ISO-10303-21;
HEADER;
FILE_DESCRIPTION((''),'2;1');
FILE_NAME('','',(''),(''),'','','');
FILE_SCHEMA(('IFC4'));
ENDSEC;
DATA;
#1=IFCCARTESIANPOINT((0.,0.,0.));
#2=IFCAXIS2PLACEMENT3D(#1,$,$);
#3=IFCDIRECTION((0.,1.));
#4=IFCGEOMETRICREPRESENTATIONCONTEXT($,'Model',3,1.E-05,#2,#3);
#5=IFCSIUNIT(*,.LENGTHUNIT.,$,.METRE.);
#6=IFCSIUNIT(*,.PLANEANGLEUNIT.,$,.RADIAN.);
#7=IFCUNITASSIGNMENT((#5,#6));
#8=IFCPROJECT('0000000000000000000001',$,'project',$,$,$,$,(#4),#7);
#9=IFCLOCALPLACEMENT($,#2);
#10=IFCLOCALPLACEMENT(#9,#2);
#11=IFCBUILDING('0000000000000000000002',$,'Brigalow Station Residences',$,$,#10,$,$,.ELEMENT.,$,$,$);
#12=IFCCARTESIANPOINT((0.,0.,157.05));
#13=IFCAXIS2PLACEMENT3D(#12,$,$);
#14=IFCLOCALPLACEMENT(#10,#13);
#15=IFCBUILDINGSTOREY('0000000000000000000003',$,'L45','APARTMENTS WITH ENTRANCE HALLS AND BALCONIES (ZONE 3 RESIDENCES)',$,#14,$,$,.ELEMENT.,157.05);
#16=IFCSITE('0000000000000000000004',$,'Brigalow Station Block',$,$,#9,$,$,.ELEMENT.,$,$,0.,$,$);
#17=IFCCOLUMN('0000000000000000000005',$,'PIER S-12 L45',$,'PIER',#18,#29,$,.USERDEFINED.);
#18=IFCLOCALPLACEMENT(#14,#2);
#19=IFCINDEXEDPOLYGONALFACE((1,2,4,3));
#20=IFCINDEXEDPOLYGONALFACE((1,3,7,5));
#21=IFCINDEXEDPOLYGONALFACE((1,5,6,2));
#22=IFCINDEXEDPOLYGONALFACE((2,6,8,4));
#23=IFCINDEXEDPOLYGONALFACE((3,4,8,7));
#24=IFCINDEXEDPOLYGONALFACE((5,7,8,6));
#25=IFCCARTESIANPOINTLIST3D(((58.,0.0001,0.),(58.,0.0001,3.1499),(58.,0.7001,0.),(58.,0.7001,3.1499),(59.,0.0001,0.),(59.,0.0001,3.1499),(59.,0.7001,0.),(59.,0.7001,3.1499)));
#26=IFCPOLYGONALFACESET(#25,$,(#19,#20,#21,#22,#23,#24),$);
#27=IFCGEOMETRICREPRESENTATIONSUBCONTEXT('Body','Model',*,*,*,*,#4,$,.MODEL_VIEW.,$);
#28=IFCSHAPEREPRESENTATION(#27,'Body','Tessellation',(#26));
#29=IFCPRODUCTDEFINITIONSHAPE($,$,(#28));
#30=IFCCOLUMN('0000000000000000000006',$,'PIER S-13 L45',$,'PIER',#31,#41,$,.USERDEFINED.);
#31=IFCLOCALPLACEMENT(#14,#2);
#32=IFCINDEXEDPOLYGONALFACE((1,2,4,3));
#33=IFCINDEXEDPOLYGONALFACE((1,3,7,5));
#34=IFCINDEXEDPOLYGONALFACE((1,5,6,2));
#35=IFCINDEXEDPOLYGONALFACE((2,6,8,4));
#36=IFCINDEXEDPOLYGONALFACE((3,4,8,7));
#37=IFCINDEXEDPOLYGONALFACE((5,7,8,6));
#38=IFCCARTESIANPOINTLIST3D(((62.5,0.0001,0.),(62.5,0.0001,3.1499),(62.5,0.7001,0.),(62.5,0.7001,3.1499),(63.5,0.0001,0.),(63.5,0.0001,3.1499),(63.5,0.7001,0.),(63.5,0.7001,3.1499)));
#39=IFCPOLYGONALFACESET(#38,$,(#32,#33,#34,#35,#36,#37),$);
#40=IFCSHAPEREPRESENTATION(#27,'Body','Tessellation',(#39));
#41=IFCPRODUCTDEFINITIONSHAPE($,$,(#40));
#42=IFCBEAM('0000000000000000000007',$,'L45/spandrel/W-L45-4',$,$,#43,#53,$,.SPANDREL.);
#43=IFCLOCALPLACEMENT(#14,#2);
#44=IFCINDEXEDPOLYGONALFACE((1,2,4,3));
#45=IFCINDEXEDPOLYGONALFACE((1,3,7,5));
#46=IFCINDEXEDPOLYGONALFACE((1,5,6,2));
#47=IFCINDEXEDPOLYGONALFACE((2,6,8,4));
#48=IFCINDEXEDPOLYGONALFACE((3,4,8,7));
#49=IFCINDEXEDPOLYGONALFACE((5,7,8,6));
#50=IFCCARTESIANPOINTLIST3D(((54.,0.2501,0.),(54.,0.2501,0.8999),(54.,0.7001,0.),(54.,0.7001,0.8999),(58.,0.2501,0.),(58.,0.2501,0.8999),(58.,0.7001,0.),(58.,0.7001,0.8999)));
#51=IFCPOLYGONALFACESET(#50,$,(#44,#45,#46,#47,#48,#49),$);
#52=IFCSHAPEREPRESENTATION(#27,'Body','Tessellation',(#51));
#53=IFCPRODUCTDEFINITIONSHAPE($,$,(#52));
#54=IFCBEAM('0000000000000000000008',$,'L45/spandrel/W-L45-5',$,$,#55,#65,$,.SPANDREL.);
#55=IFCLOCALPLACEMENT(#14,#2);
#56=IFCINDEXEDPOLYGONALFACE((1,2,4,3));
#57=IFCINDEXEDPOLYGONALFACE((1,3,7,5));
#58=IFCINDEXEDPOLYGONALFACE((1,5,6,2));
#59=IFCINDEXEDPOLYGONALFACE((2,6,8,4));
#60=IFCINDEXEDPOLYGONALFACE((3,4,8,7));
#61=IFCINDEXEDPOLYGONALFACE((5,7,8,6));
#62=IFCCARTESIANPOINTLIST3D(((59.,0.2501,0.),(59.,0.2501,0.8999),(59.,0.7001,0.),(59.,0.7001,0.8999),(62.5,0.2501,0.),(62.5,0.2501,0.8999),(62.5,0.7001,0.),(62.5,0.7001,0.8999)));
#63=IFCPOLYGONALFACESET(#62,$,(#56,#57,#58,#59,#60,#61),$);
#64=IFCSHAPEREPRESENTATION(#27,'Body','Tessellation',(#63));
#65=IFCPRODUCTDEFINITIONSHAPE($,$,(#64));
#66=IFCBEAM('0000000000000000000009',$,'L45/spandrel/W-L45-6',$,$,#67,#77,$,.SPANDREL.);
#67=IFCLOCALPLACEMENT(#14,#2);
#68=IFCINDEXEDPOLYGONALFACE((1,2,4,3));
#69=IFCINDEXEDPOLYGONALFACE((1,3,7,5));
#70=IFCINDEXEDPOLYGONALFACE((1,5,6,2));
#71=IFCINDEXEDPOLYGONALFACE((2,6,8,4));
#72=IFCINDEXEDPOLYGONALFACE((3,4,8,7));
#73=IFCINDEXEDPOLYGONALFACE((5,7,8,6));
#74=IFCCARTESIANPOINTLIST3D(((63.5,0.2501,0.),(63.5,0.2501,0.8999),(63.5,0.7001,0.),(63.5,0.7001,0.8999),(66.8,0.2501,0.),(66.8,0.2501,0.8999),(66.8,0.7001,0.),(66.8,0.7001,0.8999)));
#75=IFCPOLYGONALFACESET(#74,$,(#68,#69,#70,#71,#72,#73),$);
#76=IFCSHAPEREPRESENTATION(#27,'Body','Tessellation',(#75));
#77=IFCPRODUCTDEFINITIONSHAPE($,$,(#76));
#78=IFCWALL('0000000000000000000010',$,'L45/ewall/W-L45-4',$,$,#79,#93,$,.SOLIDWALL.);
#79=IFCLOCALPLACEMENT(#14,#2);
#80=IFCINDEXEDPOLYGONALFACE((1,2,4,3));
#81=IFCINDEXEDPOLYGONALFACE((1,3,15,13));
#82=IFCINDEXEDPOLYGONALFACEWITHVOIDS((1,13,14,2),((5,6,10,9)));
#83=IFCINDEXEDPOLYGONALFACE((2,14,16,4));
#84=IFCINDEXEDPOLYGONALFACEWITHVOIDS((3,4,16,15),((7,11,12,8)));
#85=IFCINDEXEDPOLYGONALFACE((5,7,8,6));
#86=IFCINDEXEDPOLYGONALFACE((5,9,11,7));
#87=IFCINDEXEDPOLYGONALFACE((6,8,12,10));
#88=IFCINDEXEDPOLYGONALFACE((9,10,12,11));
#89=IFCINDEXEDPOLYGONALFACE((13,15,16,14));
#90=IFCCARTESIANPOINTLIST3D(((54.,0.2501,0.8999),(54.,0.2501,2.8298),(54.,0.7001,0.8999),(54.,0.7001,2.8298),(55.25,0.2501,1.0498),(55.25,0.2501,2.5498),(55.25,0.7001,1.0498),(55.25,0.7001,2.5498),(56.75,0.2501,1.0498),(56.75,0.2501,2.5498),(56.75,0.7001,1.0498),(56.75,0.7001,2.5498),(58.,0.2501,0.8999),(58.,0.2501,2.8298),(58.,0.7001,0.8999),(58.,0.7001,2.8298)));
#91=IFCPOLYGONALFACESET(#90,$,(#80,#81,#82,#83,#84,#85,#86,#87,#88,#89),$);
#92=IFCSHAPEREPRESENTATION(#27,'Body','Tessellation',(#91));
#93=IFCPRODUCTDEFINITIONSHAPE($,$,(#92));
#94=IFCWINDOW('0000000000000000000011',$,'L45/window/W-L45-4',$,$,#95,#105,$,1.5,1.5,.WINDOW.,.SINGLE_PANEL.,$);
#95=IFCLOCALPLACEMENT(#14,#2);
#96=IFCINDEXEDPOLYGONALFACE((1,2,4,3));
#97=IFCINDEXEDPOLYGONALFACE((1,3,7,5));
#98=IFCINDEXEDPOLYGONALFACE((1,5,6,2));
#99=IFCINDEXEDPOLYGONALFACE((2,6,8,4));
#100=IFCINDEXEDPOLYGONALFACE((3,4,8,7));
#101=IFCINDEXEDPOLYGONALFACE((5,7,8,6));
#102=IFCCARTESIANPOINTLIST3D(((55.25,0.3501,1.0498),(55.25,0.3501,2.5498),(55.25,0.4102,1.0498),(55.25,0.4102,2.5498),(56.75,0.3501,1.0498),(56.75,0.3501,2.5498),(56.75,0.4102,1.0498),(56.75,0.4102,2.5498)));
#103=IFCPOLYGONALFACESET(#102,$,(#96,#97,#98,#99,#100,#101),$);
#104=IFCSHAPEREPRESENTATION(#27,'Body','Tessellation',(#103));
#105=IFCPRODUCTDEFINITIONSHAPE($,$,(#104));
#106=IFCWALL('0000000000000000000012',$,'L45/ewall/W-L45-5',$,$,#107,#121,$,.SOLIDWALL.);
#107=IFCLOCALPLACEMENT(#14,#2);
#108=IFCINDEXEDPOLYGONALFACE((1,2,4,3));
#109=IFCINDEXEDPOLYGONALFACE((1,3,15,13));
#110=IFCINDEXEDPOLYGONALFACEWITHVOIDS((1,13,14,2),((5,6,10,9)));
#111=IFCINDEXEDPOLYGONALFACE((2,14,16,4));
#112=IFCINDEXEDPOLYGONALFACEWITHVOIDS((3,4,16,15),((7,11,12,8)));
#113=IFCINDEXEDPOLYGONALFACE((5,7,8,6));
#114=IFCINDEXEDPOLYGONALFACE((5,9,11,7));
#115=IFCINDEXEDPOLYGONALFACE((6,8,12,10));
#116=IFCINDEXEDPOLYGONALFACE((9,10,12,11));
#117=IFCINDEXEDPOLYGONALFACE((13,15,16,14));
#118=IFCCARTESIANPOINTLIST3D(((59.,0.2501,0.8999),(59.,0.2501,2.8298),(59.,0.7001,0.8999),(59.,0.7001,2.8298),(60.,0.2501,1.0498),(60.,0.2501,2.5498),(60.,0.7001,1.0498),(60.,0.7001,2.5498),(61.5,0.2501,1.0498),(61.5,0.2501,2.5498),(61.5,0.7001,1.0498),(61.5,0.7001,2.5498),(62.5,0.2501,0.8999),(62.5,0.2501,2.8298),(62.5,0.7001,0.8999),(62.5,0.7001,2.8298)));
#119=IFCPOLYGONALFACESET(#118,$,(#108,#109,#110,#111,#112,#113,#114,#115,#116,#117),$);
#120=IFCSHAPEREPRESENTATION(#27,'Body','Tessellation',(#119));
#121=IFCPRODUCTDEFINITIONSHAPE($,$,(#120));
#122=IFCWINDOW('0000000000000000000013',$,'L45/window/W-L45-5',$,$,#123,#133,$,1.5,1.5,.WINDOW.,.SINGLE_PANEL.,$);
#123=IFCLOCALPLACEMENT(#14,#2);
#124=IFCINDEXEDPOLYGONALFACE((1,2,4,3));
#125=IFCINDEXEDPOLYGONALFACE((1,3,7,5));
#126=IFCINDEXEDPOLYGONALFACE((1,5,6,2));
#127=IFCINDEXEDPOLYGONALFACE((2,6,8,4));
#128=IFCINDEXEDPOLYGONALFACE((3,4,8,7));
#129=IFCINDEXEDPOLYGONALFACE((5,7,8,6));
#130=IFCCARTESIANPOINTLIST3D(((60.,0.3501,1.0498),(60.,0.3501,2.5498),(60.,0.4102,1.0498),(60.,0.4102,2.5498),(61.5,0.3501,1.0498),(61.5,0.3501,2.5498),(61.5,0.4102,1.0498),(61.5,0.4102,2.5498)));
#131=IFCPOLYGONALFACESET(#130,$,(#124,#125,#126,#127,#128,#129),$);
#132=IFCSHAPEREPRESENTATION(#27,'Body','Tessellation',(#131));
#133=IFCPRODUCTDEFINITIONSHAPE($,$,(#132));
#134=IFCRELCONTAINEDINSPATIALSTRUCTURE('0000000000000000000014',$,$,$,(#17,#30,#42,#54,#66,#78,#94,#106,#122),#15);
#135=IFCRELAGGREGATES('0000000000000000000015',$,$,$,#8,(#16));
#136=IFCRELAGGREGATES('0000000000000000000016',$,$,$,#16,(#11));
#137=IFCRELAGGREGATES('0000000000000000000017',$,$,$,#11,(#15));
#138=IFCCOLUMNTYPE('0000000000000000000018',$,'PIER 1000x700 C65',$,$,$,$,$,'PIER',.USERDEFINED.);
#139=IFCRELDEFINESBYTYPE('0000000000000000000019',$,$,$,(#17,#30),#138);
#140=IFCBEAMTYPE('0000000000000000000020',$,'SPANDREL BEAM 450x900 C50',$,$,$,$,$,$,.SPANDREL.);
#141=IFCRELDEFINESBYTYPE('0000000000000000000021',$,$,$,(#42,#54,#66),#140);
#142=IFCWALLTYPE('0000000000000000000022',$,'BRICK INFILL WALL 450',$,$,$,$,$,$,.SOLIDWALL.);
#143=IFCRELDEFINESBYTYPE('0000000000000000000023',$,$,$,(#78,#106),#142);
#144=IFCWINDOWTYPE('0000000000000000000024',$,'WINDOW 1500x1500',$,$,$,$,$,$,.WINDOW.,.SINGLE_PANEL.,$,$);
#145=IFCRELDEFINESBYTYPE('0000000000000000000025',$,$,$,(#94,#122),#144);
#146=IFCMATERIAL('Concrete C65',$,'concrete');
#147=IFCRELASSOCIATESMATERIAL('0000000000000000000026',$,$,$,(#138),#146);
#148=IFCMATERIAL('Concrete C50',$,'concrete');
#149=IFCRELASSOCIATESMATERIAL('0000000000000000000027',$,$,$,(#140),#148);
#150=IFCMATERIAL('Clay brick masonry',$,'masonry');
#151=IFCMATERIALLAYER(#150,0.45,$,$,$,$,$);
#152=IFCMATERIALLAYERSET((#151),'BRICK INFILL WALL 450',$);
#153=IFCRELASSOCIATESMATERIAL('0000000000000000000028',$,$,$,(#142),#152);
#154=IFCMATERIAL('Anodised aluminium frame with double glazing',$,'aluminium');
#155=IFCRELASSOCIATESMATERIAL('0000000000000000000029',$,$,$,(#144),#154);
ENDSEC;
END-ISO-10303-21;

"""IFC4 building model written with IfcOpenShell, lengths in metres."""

from ifc_helpers import new_model, si_unit, direction, frame, frame_2d, origin, origin_2d, place, context, subcontext, project, spatial, rectangle, extrude, material, layer, layer_set, material_profile, profile_set, type_object, element, fill, save


model = new_model("IFC4")

# Units and contexts
model_context = context("Model", 3, precision=1e-05, world=origin(), true_north=direction((0.0, 1.0)))
body_context = subcontext(model_context, "Body", "Model", "MODEL_VIEW")
ifc_project = project(units=[si_unit("LENGTHUNIT", "METRE"), si_unit("PLANEANGLEUNIT", "RADIAN")], contexts=[model_context])

# Site, building, storey
site_placement = place(None, origin())
site = spatial("IfcSite", under=ifc_project, at=site_placement, Name="Brigalow Station Block", CompositionType="ELEMENT", RefElevation=0.0)
building_placement = place(site_placement, origin())
building = spatial("IfcBuilding", under=site, at=building_placement, Name="Brigalow Station Residences", CompositionType="ELEMENT")
storey_placement = place(building_placement, frame((0.0, 0.0, 157.05)))
storey = spatial("IfcBuildingStorey", under=building, at=storey_placement, Name="L45", Description="APARTMENTS WITH ENTRANCE HALLS AND BALCONIES (ZONE 3 RESIDENCES)", CompositionType="ELEMENT", Elevation=157.05)

# Columns
ifc_material_1 = material(Name="Concrete C65", Category="concrete")
ifc_material_profile_1 = material_profile(ifc_material_1, rectangle(XDim=1.0, YDim=0.7, at=origin_2d()), Name="RC1000x700")
ifc_profile_set_1 = profile_set([ifc_material_profile_1], Name="Concrete C65")
column_type = type_object("IfcColumnType", Name="PIER 1000x700 C65", ElementType="PIER", PredefinedType="USERDEFINED", material=ifc_profile_set_1)
for number, where, z_axis, x_axis, name in (
    (1, (58.5, 0.3501, 0.0), (0.0, 0.0, 1.0), (1.0, 0.0, 0.0), "PIER S-12 L45"),
    (2, (63.0, 0.3501, 0.0), (0.0, 0.0, 1.0), (1.0, 0.0, 0.0), "PIER S-13 L45"),
):
    element("IfcColumn", number, at=place(storey_placement, frame(where, z_axis=z_axis, x_axis=x_axis)), inside=storey, type_object=column_type, Name=name, ObjectType="PIER", PredefinedType="USERDEFINED", context=body_context, shape_type="SweptSolid", body=[
        extrude(rectangle(XDim=1.0, YDim=0.7, at=origin_2d()), origin(), (0.0, 0.0, 1.0), 3.1499),
    ])

# Beams
ifc_material_2 = material(Name="Concrete C50", Category="concrete")
ifc_material_profile_2 = material_profile(ifc_material_2, rectangle(XDim=0.45, YDim=0.8999, at=origin_2d()), Name="RC450x900")
ifc_profile_set_2 = profile_set([ifc_material_profile_2], Name="Concrete C50")
beam_type = type_object("IfcBeamType", Name="SPANDREL BEAM 450x900 C50", PredefinedType="SPANDREL", material=ifc_profile_set_2)
beam_1_placement = place(storey_placement, frame((54.0, 0.4751, 0.45), z_axis=(1.0, 0.0, 0.0), x_axis=(0.0, 1.0, 0.0)))
element("IfcBeam", 3, at=beam_1_placement, inside=storey, type_object=beam_type, Name="L45/spandrel/W-L45-4", PredefinedType="SPANDREL", context=body_context, shape_type="SweptSolid", body=[
    extrude(rectangle(XDim=0.45, YDim=0.8999, at=origin_2d()), origin(), (0.0, 0.0, 1.0), 4.0),
])
beam_2_placement = place(storey_placement, frame((59.0, 0.4751, 0.45), z_axis=(1.0, 0.0, 0.0), x_axis=(0.0, 1.0, 0.0)))
element("IfcBeam", 4, at=beam_2_placement, inside=storey, type_object=beam_type, Name="L45/spandrel/W-L45-5", PredefinedType="SPANDREL", context=body_context, shape_type="SweptSolid", body=[
    extrude(rectangle(XDim=0.45, YDim=0.8999, at=origin_2d()), origin(), (0.0, 0.0, 1.0), 3.5),
])
beam_3_placement = place(storey_placement, frame((63.5, 0.4751, 0.45), z_axis=(1.0, 0.0, 0.0), x_axis=(0.0, 1.0, 0.0)))
element("IfcBeam", 5, at=beam_3_placement, inside=storey, type_object=beam_type, Name="L45/spandrel/W-L45-6", PredefinedType="SPANDREL", context=body_context, shape_type="SweptSolid", body=[
    extrude(rectangle(XDim=0.45, YDim=0.8999, at=origin_2d()), origin(), (0.0, 0.0, 1.0), 3.3),
])

# Walls, openings, windows
ifc_material_3 = material(Name="Clay brick masonry", Category="masonry")
ifc_layer_1 = layer(ifc_material_3, 0.45)
ifc_layer_set_1 = layer_set([ifc_layer_1], Name="BRICK INFILL WALL 450")
wall_type_1 = type_object("IfcWallType", Name="BRICK INFILL WALL 450", PredefinedType="SOLIDWALL", material=ifc_layer_set_1)
wall_1_placement = place(storey_placement, frame((54.0, 0.4751, 0.8999), z_axis=(0.0, 0.0, 1.0), x_axis=(1.0, 0.0, 0.0)))
wall_1 = element("IfcWall", 6, at=wall_1_placement, inside=storey, type_object=wall_type_1, Name="L45/ewall/W-L45-4", PredefinedType="SOLIDWALL", context=body_context, shape_type="SweptSolid", body=[
    extrude(rectangle(XDim=4.0, YDim=0.45, at=frame_2d((2.0, 0.0))), origin(), (0.0, 0.0, 1.0), 1.9299),
])
opening_1_placement = place(wall_1_placement, frame((1.25, 0.0, 0.1499)))
opening_1 = element("IfcOpeningElement", 7, at=opening_1_placement, cuts=wall_1, PredefinedType="OPENING", context=body_context, shape_type="SweptSolid", body=[
    extrude(rectangle(XDim=1.5, YDim=1.5, at=frame_2d((0.75, 0.75))), frame((0.0, 0.2349, 0.0), z_axis=(0.0, -1.0, 0.0), x_axis=(1.0, 0.0, 0.0)), (0.0, 0.0, 1.0), 0.47),
])
ifc_material_4 = material(Name="Anodised aluminium frame with double glazing", Category="aluminium")
window_type = type_object("IfcWindowType", Name="WINDOW 1500x1500", PartitioningType="SINGLE_PANEL", PredefinedType="WINDOW", material=ifc_material_4)
window_1_placement = place(opening_1_placement, origin())
window_1 = element("IfcWindow", 8, at=window_1_placement, inside=storey, type_object=window_type, Name="L45/window/W-L45-4", OverallHeight=1.5, OverallWidth=1.5, PartitioningType="SINGLE_PANEL", PredefinedType="WINDOW", context=body_context, shape_type="SweptSolid", body=[
    extrude(rectangle(XDim=1.5, YDim=1.5, at=frame_2d((0.75, 0.75))), frame((0.0, -0.0649, 0.0), z_axis=(0.0, -1.0, 0.0), x_axis=(1.0, 0.0, 0.0)), (0.0, 0.0, 1.0), 0.0601),
])
fill(opening_1, window_1)
wall_2_placement = place(storey_placement, frame((59.0, 0.4751, 0.8999), z_axis=(0.0, 0.0, 1.0), x_axis=(1.0, 0.0, 0.0)))
wall_2 = element("IfcWall", 9, at=wall_2_placement, inside=storey, type_object=wall_type_1, Name="L45/ewall/W-L45-5", PredefinedType="SOLIDWALL", context=body_context, shape_type="SweptSolid", body=[
    extrude(rectangle(XDim=3.5, YDim=0.45, at=frame_2d((1.75, 0.0))), origin(), (0.0, 0.0, 1.0), 1.9299),
])
opening_2_placement = place(wall_2_placement, frame((1.0, 0.0, 0.1499)))
opening_2 = element("IfcOpeningElement", 10, at=opening_2_placement, cuts=wall_2, PredefinedType="OPENING", context=body_context, shape_type="SweptSolid", body=[
    extrude(rectangle(XDim=1.5, YDim=1.5, at=frame_2d((0.75, 0.75))), frame((0.0, 0.2349, 0.0), z_axis=(0.0, -1.0, 0.0), x_axis=(1.0, 0.0, 0.0)), (0.0, 0.0, 1.0), 0.47),
])
window_2_placement = place(opening_2_placement, origin())
window_2 = element("IfcWindow", 11, at=window_2_placement, inside=storey, type_object=window_type, Name="L45/window/W-L45-5", OverallHeight=1.5, OverallWidth=1.5, PartitioningType="SINGLE_PANEL", PredefinedType="WINDOW", context=body_context, shape_type="SweptSolid", body=[
    extrude(rectangle(XDim=1.5, YDim=1.5, at=frame_2d((0.75, 0.75))), frame((0.0, -0.0649, 0.0), z_axis=(0.0, -1.0, 0.0), x_axis=(1.0, 0.0, 0.0)), (0.0, 0.0, 1.0), 0.0601),
])
fill(opening_2, window_2)

save(model, "model.ifc")
